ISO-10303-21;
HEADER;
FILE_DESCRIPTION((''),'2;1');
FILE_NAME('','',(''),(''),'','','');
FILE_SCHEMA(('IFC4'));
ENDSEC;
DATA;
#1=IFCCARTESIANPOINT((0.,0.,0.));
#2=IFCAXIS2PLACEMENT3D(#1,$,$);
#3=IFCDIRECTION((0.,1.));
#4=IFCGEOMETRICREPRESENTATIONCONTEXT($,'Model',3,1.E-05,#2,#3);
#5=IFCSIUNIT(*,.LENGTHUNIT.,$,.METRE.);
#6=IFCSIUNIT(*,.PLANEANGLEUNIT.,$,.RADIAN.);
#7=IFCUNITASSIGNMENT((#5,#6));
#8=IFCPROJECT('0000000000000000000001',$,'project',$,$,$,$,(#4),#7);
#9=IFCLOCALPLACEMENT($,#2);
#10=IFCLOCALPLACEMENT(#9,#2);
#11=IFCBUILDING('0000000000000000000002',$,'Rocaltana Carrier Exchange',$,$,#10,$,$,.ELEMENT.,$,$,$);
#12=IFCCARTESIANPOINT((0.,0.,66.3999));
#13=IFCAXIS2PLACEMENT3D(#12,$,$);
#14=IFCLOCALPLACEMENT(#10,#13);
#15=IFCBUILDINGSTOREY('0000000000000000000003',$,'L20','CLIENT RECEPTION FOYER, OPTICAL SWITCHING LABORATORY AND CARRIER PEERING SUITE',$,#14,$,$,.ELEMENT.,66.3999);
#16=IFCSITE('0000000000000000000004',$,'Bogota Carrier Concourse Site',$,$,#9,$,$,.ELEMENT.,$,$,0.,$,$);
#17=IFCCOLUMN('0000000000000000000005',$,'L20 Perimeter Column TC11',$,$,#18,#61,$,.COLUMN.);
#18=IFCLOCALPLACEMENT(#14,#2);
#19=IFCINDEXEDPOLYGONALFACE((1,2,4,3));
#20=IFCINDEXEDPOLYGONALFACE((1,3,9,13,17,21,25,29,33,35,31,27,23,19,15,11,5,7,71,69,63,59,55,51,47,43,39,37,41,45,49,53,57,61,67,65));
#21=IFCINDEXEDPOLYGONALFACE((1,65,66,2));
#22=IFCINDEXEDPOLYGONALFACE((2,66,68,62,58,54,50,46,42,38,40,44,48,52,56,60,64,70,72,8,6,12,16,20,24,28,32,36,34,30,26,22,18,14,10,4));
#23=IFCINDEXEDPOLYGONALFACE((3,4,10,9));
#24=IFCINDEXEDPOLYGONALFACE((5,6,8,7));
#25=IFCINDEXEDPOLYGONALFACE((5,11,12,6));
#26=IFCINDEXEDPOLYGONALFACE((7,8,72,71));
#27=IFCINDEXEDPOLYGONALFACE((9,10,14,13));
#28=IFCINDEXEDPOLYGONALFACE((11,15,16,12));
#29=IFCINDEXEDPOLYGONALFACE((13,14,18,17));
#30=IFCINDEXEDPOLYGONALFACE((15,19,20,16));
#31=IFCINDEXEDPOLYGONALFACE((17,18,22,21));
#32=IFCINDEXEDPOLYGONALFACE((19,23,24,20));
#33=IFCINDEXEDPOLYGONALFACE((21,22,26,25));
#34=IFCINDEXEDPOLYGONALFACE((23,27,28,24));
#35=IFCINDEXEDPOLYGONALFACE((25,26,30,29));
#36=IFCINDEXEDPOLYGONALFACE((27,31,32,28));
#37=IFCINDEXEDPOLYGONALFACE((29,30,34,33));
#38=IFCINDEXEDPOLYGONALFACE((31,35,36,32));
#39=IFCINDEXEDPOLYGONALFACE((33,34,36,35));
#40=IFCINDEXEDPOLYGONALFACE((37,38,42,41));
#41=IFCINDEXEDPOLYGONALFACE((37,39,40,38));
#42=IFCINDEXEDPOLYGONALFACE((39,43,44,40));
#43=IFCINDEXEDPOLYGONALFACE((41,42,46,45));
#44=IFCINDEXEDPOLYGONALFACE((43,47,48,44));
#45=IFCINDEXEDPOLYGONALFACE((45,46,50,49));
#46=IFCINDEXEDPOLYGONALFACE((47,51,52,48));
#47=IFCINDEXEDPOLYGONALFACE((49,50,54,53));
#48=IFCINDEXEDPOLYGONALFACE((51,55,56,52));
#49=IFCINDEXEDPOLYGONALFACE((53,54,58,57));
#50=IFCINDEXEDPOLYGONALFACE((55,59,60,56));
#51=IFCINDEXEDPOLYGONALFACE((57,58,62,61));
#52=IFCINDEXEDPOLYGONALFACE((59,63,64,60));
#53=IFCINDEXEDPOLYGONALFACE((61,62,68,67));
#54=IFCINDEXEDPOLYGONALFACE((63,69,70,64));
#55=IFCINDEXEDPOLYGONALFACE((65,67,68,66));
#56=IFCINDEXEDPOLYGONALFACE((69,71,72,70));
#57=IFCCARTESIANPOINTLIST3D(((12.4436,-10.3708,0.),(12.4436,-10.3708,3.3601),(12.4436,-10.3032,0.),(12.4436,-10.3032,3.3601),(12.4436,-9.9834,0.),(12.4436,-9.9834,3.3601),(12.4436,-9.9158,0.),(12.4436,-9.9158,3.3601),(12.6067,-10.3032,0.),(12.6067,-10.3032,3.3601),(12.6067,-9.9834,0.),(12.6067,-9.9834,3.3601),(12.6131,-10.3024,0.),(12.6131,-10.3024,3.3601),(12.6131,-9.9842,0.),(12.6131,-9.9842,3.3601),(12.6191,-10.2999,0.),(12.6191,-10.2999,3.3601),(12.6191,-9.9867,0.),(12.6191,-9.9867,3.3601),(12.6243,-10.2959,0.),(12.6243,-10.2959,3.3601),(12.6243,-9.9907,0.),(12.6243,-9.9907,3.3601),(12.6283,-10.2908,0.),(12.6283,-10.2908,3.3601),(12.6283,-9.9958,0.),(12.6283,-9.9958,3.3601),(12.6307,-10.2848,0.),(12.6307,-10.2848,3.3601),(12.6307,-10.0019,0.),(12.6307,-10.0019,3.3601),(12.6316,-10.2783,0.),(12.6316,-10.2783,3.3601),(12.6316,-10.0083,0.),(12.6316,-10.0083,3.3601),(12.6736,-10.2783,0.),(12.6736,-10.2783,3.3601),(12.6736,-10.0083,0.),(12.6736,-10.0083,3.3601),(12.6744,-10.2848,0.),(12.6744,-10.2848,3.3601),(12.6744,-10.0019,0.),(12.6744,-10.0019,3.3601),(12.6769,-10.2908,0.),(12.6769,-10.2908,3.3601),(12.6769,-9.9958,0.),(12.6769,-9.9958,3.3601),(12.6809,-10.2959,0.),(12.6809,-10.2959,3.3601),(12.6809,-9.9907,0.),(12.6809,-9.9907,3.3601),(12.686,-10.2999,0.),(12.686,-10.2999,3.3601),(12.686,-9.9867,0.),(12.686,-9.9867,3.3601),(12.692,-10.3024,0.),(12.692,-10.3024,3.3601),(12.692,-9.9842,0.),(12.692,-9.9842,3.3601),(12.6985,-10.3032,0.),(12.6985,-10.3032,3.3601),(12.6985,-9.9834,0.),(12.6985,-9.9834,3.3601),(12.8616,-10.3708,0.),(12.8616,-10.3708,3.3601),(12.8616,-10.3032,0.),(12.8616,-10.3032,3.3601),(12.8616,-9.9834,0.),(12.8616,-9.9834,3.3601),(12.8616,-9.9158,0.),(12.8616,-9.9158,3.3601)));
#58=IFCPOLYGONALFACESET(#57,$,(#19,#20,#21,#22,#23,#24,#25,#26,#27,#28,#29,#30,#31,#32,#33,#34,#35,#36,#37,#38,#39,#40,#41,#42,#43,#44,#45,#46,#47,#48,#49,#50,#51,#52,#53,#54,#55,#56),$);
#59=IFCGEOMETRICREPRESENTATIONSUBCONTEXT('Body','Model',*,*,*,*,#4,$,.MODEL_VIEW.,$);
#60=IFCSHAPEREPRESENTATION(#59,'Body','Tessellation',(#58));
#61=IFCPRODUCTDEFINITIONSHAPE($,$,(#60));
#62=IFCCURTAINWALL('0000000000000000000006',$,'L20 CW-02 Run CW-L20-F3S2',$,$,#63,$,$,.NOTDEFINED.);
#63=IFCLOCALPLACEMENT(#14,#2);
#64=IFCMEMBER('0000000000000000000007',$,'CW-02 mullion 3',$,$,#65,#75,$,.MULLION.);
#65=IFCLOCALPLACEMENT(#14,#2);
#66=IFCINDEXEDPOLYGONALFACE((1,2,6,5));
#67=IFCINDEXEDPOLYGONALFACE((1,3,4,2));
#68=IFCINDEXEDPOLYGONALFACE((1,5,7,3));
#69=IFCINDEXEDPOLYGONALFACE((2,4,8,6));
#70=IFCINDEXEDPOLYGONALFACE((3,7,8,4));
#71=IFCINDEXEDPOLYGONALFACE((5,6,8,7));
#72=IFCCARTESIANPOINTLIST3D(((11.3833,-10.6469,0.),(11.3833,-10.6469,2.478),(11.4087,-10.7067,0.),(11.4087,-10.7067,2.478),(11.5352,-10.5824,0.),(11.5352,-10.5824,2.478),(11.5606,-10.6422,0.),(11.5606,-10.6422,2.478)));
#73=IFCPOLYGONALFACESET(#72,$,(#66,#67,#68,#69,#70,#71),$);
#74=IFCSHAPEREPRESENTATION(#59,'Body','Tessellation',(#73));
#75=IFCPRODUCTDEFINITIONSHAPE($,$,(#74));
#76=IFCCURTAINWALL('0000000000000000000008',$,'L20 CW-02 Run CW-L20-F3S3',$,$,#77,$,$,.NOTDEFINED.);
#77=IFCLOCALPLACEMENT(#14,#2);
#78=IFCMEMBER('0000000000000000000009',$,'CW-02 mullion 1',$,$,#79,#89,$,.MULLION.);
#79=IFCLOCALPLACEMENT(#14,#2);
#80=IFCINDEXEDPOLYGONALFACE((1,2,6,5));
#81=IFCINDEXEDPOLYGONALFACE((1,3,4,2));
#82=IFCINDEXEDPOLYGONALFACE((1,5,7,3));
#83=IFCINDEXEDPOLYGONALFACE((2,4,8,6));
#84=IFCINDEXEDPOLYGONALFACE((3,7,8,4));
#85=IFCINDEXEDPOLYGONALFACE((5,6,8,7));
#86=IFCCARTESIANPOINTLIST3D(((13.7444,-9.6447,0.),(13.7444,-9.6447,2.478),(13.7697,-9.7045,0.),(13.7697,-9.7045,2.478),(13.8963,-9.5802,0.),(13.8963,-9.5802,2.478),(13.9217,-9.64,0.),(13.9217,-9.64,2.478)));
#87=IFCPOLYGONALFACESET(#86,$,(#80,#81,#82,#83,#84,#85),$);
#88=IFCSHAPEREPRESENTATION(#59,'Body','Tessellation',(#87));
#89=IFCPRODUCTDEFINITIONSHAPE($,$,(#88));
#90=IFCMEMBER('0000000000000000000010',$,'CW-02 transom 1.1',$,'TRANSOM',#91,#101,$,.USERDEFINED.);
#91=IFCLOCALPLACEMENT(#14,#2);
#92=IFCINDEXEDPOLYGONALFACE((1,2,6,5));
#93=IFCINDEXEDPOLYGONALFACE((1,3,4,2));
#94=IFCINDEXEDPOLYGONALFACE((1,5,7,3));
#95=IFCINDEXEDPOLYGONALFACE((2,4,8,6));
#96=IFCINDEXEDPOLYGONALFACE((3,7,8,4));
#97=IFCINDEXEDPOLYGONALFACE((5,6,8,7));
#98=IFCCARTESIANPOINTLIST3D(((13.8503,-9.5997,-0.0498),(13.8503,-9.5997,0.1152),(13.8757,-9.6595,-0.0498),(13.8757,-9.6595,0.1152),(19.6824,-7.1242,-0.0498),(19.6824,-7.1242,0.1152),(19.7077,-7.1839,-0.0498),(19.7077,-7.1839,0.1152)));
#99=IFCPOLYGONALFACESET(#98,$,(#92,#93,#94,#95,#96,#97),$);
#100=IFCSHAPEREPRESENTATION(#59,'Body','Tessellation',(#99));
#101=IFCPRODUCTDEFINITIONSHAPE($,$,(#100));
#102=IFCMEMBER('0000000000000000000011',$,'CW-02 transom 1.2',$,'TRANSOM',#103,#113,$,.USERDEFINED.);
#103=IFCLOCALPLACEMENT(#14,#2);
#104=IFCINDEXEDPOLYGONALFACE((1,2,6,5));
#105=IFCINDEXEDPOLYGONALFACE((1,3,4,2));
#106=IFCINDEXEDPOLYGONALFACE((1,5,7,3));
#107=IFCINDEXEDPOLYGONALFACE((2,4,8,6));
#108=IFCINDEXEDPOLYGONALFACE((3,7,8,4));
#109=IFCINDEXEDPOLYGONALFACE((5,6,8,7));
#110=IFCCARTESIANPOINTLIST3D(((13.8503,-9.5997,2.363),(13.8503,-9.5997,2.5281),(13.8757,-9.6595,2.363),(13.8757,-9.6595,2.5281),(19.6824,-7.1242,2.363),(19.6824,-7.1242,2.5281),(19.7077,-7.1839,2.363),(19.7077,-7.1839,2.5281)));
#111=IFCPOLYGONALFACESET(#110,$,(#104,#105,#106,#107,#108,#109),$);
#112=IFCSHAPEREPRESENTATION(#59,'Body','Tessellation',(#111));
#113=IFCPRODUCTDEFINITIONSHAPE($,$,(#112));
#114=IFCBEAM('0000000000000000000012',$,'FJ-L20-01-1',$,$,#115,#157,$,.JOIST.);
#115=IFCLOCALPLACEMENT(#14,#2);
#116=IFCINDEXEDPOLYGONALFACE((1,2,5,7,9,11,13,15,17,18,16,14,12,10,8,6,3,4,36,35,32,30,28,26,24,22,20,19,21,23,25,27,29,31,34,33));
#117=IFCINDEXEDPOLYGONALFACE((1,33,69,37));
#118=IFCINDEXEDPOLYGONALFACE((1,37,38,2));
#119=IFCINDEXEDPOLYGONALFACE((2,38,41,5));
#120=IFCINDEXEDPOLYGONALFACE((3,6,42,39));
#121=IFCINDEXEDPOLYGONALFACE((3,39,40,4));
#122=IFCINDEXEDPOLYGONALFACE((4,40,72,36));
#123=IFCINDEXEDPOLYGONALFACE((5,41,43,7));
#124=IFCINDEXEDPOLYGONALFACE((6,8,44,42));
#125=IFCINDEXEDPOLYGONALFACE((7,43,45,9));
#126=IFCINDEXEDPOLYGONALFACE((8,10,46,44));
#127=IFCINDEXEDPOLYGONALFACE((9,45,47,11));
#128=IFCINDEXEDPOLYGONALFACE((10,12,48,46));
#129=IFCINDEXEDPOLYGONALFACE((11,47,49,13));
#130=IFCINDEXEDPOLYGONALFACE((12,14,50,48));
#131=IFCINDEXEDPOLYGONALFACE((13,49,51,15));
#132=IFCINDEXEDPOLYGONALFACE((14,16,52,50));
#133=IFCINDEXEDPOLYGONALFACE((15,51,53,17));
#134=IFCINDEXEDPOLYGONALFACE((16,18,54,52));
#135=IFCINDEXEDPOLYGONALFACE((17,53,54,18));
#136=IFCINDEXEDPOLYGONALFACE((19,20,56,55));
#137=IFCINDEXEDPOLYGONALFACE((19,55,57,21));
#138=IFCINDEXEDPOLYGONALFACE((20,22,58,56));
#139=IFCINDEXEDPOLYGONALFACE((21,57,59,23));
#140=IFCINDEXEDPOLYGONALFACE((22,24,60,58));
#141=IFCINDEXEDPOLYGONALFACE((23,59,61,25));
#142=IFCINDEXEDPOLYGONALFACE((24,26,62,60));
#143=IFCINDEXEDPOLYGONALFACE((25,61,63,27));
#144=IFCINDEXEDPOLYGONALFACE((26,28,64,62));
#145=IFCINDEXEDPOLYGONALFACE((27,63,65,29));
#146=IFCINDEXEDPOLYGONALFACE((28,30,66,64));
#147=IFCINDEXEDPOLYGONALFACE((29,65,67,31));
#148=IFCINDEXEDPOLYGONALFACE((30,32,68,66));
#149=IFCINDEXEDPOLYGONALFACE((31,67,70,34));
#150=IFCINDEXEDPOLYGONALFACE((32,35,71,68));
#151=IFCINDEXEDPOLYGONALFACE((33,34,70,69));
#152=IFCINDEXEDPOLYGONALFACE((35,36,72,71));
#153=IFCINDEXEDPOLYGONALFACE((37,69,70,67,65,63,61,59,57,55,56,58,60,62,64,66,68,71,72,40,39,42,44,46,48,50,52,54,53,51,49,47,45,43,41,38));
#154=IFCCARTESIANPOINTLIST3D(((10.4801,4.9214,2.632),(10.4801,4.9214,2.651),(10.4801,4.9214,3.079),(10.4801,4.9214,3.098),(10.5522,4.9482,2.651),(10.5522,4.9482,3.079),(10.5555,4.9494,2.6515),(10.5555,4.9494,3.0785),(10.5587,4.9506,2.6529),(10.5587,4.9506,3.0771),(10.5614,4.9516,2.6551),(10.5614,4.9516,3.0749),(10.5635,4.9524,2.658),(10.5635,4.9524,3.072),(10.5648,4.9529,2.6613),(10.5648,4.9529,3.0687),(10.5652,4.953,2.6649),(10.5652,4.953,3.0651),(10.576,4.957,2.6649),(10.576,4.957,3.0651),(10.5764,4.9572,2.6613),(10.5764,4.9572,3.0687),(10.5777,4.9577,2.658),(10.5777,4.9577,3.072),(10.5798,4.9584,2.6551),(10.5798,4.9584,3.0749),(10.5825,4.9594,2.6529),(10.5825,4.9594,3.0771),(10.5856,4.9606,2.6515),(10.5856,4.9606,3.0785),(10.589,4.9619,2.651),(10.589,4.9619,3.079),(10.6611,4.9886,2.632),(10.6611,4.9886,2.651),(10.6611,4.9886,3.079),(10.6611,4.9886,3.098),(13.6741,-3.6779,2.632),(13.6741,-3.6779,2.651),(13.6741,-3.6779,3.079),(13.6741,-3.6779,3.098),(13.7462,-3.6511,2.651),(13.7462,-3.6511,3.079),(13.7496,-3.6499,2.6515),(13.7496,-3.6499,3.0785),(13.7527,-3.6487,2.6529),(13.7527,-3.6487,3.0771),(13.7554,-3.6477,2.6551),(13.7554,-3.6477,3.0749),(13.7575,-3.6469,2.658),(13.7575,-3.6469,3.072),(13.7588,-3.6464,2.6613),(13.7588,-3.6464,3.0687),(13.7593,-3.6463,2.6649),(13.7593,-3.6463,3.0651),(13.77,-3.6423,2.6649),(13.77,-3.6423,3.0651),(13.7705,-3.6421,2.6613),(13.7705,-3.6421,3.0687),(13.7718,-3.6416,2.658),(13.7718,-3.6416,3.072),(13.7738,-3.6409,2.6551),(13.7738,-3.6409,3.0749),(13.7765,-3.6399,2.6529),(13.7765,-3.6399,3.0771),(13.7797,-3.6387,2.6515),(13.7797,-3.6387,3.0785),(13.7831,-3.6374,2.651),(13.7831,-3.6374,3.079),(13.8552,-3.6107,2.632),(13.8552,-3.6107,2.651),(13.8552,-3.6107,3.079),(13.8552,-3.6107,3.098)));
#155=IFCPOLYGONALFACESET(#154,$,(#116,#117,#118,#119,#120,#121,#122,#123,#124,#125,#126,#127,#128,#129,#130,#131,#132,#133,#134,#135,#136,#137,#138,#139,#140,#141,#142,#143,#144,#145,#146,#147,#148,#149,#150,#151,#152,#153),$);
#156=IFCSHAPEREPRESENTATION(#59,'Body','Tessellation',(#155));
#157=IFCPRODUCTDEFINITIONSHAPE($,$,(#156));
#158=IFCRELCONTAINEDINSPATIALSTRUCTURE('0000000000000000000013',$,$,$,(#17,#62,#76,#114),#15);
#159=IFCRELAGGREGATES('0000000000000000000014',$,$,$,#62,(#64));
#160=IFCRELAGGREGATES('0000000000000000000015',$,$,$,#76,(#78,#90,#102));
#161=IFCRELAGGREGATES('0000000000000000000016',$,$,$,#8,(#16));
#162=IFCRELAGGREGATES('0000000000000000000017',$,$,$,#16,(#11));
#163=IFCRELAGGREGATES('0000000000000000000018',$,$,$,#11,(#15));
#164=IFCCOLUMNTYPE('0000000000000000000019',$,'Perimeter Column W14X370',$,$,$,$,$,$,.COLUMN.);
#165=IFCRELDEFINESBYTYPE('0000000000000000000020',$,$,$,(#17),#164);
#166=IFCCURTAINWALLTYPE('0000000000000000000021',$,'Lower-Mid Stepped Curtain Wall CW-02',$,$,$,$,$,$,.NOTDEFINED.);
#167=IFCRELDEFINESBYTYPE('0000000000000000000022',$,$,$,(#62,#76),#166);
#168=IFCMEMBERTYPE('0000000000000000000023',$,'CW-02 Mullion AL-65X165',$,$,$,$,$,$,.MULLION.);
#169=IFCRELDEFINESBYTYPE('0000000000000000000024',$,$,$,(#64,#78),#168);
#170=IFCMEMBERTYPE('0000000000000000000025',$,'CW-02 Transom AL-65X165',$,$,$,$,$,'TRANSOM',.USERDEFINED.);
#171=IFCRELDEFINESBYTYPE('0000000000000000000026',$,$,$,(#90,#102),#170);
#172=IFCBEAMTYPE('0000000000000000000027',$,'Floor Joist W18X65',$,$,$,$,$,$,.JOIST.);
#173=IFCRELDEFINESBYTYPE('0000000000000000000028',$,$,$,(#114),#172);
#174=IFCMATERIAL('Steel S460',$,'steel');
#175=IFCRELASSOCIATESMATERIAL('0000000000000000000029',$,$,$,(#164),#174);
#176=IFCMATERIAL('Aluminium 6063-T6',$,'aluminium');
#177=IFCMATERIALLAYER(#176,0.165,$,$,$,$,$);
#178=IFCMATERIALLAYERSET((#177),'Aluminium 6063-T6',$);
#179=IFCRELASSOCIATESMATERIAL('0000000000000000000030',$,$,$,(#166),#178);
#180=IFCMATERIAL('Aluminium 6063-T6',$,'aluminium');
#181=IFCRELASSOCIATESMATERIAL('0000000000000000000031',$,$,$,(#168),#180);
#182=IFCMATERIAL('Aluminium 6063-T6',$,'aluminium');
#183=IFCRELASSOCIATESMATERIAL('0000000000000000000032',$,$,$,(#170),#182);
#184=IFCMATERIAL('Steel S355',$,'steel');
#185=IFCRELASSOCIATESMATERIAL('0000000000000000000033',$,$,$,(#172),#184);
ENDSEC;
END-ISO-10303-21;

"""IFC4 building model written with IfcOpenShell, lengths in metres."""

from ifc_helpers import new_model, si_unit, direction, frame, origin, origin_2d, place, context, subcontext, project, spatial, rectangle, i_section, extrude, material, layer, layer_set, material_profile, profile_set, type_object, element, aggregate, save


model = new_model("IFC4")

# Units and contexts
model_context = context("Model", 3, precision=1e-05, world=origin(), true_north=direction((0.0, 1.0)))
body_context = subcontext(model_context, "Body", "Model", "MODEL_VIEW")
ifc_project = project(units=[si_unit("LENGTHUNIT", "METRE"), si_unit("PLANEANGLEUNIT", "RADIAN")], contexts=[model_context])

# Site, building, storey
site_placement = place(None, origin())
site = spatial("IfcSite", under=ifc_project, at=site_placement, Name="Bogota Carrier Concourse Site", CompositionType="ELEMENT", RefElevation=0.0)
building_placement = place(site_placement, origin())
building = spatial("IfcBuilding", under=site, at=building_placement, Name="Rocaltana Carrier Exchange", CompositionType="ELEMENT")
storey_placement = place(building_placement, frame((0.0, 0.0, 66.3999)))
storey = spatial("IfcBuildingStorey", under=building, at=storey_placement, Name="L20", Description="CLIENT RECEPTION FOYER, OPTICAL SWITCHING LABORATORY AND CARRIER PEERING SUITE", CompositionType="ELEMENT", Elevation=66.3999)

# Column
ifc_material_1 = material(Name="Steel S460", Category="steel")
ifc_material_profile_1 = material_profile(ifc_material_1, i_section(OverallWidth=0.418, OverallDepth=0.4551, WebThickness=0.042, FlangeThickness=0.0676, FilletRadius=0.0249, at=origin_2d()), Name="W14X370")
ifc_profile_set_1 = profile_set([ifc_material_profile_1], Name="Steel S460")
column_type = type_object("IfcColumnType", Name="Perimeter Column W14X370", PredefinedType="COLUMN", material=ifc_profile_set_1)
column_placement = place(storey_placement, frame((12.6526, -10.1433, 0.0), z_axis=(0.0, 0.0, 1.0), x_axis=(1.0, 0.0, 0.0)))
element("IfcColumn", 1, at=column_placement, inside=storey, type_object=column_type, Name="L20 Perimeter Column TC11", PredefinedType="COLUMN", context=body_context, shape_type="SweptSolid", body=[
    extrude(i_section(OverallWidth=0.418, OverallDepth=0.4551, WebThickness=0.042, FlangeThickness=0.0676, FilletRadius=0.0249, at=origin_2d()), origin(), (0.0, 0.0, 1.0), 3.3601),
])

# Curtain wall, member
ifc_material_2 = material(Name="Aluminium 6063-T6", Category="aluminium")
ifc_layer_1 = layer(ifc_material_2, 0.165)
ifc_layer_set_1 = layer_set([ifc_layer_1], Name="Aluminium 6063-T6")
curtain_wall_type = type_object("IfcCurtainWallType", Name="Lower-Mid Stepped Curtain Wall CW-02", PredefinedType="NOTDEFINED", material=ifc_layer_set_1)
curtain_wall_1_placement = place(storey_placement, origin())
curtain_wall_1 = element("IfcCurtainWall", 2, at=curtain_wall_1_placement, inside=storey, type_object=curtain_wall_type, Name="L20 CW-02 Run CW-L20-F3S2", PredefinedType="NOTDEFINED")
ifc_material_3 = material(Name="Aluminium 6063-T6", Category="aluminium")
ifc_material_profile_2 = material_profile(ifc_material_3, rectangle(XDim=0.0649, YDim=0.165, at=origin_2d()), Name="AL-65X165")
ifc_profile_set_2 = profile_set([ifc_material_profile_2], Name="Aluminium 6063-T6")
member_type_1 = type_object("IfcMemberType", Name="CW-02 Mullion AL-65X165", PredefinedType="MULLION", material=ifc_profile_set_2)
member_1_placement = place(storey_placement, frame((11.4719, -10.6445, 0.0), z_axis=(0.0, 0.0, 1.0), x_axis=(-0.390729, 0.920506, 0.0)))
member_1 = element("IfcMember", 3, at=member_1_placement, type_object=member_type_1, Name="CW-02 mullion 3", PredefinedType="MULLION", context=body_context, shape_type="SweptSolid", body=[
    extrude(rectangle(XDim=0.0649, YDim=0.165, at=origin_2d()), origin(), (0.0, 0.0, 1.0), 2.478),
])
aggregate(curtain_wall_1, [member_1])

# Curtain wall, members
curtain_wall_2_placement = place(storey_placement, origin())
curtain_wall_2 = element("IfcCurtainWall", 4, at=curtain_wall_2_placement, inside=storey, type_object=curtain_wall_type, Name="L20 CW-02 Run CW-L20-F3S3", PredefinedType="NOTDEFINED")
member_2_placement = place(storey_placement, frame((13.833, -9.6423, 0.0), z_axis=(0.0, 0.0, 1.0), x_axis=(-0.390735, 0.920503, 0.0)))
member_2 = element("IfcMember", 5, at=member_2_placement, type_object=member_type_1, Name="CW-02 mullion 1", PredefinedType="MULLION", context=body_context, shape_type="SweptSolid", body=[
    extrude(rectangle(XDim=0.0649, YDim=0.165, at=origin_2d()), origin(), (0.0, 0.0, 1.0), 2.478),
])
ifc_material_4 = material(Name="Aluminium 6063-T6", Category="aluminium")
ifc_material_profile_3 = material_profile(ifc_material_4, rectangle(XDim=0.0649, YDim=0.165, at=origin_2d()), Name="AL-65X165")
ifc_profile_set_3 = profile_set([ifc_material_profile_3], Name="Aluminium 6063-T6")
member_type_2 = type_object("IfcMemberType", Name="CW-02 Transom AL-65X165", ElementType="TRANSOM", PredefinedType="USERDEFINED", material=ifc_profile_set_3)
member_3_placement = place(storey_placement, frame((13.863, -9.6296, 0.0327), z_axis=(0.920503, 0.390736, 0.0), x_axis=(-0.390736, 0.920503, 0.0)))
member_3 = element("IfcMember", 6, at=member_3_placement, type_object=member_type_2, Name="CW-02 transom 1.1", ObjectType="TRANSOM", PredefinedType="USERDEFINED", context=body_context, shape_type="SweptSolid", body=[
    extrude(rectangle(XDim=0.0649, YDim=0.165, at=origin_2d()), origin(), (0.0, 0.0, 1.0), 6.3357),
])
member_4_placement = place(storey_placement, frame((13.863, -9.6296, 2.4456), z_axis=(0.920503, 0.390736, 0.0), x_axis=(-0.390736, 0.920503, 0.0)))
member_4 = element("IfcMember", 7, at=member_4_placement, type_object=member_type_2, Name="CW-02 transom 1.2", ObjectType="TRANSOM", PredefinedType="USERDEFINED", context=body_context, shape_type="SweptSolid", body=[
    extrude(rectangle(XDim=0.0649, YDim=0.165, at=origin_2d()), origin(), (0.0, 0.0, 1.0), 6.3357),
])

# Beam
ifc_material_5 = material(Name="Steel S355", Category="steel")
ifc_material_profile_4 = material_profile(ifc_material_5, i_section(OverallWidth=0.1931, OverallDepth=0.4661, WebThickness=0.0115, FlangeThickness=0.019, FilletRadius=0.0139, at=origin_2d()), Name="W18X65")
ifc_profile_set_4 = profile_set([ifc_material_profile_4], Name="Steel S355")
beam_type_1 = type_object("IfcBeamType", Name="Floor Joist W18X65", PredefinedType="JOIST", material=ifc_profile_set_4)
beam_1_placement = place(storey_placement, frame((13.7646, -3.6443, 2.865), z_axis=(-0.348191, 0.937424, 0.0), x_axis=(-0.937424, -0.348191, 0.0)))
element("IfcBeam", 8, at=beam_1_placement, inside=storey, type_object=beam_type_1, Name="FJ-L20-01-1", PredefinedType="JOIST", context=body_context, shape_type="SweptSolid", body=[
    extrude(i_section(OverallWidth=0.1931, OverallDepth=0.4661, WebThickness=0.0115, FlangeThickness=0.019, FilletRadius=0.0139, at=origin_2d()), origin(), (0.0, 0.0, 1.0), 9.1733),
])

aggregate(curtain_wall_2, [member_2, member_3, member_4])

save(model, "model.ifc")
